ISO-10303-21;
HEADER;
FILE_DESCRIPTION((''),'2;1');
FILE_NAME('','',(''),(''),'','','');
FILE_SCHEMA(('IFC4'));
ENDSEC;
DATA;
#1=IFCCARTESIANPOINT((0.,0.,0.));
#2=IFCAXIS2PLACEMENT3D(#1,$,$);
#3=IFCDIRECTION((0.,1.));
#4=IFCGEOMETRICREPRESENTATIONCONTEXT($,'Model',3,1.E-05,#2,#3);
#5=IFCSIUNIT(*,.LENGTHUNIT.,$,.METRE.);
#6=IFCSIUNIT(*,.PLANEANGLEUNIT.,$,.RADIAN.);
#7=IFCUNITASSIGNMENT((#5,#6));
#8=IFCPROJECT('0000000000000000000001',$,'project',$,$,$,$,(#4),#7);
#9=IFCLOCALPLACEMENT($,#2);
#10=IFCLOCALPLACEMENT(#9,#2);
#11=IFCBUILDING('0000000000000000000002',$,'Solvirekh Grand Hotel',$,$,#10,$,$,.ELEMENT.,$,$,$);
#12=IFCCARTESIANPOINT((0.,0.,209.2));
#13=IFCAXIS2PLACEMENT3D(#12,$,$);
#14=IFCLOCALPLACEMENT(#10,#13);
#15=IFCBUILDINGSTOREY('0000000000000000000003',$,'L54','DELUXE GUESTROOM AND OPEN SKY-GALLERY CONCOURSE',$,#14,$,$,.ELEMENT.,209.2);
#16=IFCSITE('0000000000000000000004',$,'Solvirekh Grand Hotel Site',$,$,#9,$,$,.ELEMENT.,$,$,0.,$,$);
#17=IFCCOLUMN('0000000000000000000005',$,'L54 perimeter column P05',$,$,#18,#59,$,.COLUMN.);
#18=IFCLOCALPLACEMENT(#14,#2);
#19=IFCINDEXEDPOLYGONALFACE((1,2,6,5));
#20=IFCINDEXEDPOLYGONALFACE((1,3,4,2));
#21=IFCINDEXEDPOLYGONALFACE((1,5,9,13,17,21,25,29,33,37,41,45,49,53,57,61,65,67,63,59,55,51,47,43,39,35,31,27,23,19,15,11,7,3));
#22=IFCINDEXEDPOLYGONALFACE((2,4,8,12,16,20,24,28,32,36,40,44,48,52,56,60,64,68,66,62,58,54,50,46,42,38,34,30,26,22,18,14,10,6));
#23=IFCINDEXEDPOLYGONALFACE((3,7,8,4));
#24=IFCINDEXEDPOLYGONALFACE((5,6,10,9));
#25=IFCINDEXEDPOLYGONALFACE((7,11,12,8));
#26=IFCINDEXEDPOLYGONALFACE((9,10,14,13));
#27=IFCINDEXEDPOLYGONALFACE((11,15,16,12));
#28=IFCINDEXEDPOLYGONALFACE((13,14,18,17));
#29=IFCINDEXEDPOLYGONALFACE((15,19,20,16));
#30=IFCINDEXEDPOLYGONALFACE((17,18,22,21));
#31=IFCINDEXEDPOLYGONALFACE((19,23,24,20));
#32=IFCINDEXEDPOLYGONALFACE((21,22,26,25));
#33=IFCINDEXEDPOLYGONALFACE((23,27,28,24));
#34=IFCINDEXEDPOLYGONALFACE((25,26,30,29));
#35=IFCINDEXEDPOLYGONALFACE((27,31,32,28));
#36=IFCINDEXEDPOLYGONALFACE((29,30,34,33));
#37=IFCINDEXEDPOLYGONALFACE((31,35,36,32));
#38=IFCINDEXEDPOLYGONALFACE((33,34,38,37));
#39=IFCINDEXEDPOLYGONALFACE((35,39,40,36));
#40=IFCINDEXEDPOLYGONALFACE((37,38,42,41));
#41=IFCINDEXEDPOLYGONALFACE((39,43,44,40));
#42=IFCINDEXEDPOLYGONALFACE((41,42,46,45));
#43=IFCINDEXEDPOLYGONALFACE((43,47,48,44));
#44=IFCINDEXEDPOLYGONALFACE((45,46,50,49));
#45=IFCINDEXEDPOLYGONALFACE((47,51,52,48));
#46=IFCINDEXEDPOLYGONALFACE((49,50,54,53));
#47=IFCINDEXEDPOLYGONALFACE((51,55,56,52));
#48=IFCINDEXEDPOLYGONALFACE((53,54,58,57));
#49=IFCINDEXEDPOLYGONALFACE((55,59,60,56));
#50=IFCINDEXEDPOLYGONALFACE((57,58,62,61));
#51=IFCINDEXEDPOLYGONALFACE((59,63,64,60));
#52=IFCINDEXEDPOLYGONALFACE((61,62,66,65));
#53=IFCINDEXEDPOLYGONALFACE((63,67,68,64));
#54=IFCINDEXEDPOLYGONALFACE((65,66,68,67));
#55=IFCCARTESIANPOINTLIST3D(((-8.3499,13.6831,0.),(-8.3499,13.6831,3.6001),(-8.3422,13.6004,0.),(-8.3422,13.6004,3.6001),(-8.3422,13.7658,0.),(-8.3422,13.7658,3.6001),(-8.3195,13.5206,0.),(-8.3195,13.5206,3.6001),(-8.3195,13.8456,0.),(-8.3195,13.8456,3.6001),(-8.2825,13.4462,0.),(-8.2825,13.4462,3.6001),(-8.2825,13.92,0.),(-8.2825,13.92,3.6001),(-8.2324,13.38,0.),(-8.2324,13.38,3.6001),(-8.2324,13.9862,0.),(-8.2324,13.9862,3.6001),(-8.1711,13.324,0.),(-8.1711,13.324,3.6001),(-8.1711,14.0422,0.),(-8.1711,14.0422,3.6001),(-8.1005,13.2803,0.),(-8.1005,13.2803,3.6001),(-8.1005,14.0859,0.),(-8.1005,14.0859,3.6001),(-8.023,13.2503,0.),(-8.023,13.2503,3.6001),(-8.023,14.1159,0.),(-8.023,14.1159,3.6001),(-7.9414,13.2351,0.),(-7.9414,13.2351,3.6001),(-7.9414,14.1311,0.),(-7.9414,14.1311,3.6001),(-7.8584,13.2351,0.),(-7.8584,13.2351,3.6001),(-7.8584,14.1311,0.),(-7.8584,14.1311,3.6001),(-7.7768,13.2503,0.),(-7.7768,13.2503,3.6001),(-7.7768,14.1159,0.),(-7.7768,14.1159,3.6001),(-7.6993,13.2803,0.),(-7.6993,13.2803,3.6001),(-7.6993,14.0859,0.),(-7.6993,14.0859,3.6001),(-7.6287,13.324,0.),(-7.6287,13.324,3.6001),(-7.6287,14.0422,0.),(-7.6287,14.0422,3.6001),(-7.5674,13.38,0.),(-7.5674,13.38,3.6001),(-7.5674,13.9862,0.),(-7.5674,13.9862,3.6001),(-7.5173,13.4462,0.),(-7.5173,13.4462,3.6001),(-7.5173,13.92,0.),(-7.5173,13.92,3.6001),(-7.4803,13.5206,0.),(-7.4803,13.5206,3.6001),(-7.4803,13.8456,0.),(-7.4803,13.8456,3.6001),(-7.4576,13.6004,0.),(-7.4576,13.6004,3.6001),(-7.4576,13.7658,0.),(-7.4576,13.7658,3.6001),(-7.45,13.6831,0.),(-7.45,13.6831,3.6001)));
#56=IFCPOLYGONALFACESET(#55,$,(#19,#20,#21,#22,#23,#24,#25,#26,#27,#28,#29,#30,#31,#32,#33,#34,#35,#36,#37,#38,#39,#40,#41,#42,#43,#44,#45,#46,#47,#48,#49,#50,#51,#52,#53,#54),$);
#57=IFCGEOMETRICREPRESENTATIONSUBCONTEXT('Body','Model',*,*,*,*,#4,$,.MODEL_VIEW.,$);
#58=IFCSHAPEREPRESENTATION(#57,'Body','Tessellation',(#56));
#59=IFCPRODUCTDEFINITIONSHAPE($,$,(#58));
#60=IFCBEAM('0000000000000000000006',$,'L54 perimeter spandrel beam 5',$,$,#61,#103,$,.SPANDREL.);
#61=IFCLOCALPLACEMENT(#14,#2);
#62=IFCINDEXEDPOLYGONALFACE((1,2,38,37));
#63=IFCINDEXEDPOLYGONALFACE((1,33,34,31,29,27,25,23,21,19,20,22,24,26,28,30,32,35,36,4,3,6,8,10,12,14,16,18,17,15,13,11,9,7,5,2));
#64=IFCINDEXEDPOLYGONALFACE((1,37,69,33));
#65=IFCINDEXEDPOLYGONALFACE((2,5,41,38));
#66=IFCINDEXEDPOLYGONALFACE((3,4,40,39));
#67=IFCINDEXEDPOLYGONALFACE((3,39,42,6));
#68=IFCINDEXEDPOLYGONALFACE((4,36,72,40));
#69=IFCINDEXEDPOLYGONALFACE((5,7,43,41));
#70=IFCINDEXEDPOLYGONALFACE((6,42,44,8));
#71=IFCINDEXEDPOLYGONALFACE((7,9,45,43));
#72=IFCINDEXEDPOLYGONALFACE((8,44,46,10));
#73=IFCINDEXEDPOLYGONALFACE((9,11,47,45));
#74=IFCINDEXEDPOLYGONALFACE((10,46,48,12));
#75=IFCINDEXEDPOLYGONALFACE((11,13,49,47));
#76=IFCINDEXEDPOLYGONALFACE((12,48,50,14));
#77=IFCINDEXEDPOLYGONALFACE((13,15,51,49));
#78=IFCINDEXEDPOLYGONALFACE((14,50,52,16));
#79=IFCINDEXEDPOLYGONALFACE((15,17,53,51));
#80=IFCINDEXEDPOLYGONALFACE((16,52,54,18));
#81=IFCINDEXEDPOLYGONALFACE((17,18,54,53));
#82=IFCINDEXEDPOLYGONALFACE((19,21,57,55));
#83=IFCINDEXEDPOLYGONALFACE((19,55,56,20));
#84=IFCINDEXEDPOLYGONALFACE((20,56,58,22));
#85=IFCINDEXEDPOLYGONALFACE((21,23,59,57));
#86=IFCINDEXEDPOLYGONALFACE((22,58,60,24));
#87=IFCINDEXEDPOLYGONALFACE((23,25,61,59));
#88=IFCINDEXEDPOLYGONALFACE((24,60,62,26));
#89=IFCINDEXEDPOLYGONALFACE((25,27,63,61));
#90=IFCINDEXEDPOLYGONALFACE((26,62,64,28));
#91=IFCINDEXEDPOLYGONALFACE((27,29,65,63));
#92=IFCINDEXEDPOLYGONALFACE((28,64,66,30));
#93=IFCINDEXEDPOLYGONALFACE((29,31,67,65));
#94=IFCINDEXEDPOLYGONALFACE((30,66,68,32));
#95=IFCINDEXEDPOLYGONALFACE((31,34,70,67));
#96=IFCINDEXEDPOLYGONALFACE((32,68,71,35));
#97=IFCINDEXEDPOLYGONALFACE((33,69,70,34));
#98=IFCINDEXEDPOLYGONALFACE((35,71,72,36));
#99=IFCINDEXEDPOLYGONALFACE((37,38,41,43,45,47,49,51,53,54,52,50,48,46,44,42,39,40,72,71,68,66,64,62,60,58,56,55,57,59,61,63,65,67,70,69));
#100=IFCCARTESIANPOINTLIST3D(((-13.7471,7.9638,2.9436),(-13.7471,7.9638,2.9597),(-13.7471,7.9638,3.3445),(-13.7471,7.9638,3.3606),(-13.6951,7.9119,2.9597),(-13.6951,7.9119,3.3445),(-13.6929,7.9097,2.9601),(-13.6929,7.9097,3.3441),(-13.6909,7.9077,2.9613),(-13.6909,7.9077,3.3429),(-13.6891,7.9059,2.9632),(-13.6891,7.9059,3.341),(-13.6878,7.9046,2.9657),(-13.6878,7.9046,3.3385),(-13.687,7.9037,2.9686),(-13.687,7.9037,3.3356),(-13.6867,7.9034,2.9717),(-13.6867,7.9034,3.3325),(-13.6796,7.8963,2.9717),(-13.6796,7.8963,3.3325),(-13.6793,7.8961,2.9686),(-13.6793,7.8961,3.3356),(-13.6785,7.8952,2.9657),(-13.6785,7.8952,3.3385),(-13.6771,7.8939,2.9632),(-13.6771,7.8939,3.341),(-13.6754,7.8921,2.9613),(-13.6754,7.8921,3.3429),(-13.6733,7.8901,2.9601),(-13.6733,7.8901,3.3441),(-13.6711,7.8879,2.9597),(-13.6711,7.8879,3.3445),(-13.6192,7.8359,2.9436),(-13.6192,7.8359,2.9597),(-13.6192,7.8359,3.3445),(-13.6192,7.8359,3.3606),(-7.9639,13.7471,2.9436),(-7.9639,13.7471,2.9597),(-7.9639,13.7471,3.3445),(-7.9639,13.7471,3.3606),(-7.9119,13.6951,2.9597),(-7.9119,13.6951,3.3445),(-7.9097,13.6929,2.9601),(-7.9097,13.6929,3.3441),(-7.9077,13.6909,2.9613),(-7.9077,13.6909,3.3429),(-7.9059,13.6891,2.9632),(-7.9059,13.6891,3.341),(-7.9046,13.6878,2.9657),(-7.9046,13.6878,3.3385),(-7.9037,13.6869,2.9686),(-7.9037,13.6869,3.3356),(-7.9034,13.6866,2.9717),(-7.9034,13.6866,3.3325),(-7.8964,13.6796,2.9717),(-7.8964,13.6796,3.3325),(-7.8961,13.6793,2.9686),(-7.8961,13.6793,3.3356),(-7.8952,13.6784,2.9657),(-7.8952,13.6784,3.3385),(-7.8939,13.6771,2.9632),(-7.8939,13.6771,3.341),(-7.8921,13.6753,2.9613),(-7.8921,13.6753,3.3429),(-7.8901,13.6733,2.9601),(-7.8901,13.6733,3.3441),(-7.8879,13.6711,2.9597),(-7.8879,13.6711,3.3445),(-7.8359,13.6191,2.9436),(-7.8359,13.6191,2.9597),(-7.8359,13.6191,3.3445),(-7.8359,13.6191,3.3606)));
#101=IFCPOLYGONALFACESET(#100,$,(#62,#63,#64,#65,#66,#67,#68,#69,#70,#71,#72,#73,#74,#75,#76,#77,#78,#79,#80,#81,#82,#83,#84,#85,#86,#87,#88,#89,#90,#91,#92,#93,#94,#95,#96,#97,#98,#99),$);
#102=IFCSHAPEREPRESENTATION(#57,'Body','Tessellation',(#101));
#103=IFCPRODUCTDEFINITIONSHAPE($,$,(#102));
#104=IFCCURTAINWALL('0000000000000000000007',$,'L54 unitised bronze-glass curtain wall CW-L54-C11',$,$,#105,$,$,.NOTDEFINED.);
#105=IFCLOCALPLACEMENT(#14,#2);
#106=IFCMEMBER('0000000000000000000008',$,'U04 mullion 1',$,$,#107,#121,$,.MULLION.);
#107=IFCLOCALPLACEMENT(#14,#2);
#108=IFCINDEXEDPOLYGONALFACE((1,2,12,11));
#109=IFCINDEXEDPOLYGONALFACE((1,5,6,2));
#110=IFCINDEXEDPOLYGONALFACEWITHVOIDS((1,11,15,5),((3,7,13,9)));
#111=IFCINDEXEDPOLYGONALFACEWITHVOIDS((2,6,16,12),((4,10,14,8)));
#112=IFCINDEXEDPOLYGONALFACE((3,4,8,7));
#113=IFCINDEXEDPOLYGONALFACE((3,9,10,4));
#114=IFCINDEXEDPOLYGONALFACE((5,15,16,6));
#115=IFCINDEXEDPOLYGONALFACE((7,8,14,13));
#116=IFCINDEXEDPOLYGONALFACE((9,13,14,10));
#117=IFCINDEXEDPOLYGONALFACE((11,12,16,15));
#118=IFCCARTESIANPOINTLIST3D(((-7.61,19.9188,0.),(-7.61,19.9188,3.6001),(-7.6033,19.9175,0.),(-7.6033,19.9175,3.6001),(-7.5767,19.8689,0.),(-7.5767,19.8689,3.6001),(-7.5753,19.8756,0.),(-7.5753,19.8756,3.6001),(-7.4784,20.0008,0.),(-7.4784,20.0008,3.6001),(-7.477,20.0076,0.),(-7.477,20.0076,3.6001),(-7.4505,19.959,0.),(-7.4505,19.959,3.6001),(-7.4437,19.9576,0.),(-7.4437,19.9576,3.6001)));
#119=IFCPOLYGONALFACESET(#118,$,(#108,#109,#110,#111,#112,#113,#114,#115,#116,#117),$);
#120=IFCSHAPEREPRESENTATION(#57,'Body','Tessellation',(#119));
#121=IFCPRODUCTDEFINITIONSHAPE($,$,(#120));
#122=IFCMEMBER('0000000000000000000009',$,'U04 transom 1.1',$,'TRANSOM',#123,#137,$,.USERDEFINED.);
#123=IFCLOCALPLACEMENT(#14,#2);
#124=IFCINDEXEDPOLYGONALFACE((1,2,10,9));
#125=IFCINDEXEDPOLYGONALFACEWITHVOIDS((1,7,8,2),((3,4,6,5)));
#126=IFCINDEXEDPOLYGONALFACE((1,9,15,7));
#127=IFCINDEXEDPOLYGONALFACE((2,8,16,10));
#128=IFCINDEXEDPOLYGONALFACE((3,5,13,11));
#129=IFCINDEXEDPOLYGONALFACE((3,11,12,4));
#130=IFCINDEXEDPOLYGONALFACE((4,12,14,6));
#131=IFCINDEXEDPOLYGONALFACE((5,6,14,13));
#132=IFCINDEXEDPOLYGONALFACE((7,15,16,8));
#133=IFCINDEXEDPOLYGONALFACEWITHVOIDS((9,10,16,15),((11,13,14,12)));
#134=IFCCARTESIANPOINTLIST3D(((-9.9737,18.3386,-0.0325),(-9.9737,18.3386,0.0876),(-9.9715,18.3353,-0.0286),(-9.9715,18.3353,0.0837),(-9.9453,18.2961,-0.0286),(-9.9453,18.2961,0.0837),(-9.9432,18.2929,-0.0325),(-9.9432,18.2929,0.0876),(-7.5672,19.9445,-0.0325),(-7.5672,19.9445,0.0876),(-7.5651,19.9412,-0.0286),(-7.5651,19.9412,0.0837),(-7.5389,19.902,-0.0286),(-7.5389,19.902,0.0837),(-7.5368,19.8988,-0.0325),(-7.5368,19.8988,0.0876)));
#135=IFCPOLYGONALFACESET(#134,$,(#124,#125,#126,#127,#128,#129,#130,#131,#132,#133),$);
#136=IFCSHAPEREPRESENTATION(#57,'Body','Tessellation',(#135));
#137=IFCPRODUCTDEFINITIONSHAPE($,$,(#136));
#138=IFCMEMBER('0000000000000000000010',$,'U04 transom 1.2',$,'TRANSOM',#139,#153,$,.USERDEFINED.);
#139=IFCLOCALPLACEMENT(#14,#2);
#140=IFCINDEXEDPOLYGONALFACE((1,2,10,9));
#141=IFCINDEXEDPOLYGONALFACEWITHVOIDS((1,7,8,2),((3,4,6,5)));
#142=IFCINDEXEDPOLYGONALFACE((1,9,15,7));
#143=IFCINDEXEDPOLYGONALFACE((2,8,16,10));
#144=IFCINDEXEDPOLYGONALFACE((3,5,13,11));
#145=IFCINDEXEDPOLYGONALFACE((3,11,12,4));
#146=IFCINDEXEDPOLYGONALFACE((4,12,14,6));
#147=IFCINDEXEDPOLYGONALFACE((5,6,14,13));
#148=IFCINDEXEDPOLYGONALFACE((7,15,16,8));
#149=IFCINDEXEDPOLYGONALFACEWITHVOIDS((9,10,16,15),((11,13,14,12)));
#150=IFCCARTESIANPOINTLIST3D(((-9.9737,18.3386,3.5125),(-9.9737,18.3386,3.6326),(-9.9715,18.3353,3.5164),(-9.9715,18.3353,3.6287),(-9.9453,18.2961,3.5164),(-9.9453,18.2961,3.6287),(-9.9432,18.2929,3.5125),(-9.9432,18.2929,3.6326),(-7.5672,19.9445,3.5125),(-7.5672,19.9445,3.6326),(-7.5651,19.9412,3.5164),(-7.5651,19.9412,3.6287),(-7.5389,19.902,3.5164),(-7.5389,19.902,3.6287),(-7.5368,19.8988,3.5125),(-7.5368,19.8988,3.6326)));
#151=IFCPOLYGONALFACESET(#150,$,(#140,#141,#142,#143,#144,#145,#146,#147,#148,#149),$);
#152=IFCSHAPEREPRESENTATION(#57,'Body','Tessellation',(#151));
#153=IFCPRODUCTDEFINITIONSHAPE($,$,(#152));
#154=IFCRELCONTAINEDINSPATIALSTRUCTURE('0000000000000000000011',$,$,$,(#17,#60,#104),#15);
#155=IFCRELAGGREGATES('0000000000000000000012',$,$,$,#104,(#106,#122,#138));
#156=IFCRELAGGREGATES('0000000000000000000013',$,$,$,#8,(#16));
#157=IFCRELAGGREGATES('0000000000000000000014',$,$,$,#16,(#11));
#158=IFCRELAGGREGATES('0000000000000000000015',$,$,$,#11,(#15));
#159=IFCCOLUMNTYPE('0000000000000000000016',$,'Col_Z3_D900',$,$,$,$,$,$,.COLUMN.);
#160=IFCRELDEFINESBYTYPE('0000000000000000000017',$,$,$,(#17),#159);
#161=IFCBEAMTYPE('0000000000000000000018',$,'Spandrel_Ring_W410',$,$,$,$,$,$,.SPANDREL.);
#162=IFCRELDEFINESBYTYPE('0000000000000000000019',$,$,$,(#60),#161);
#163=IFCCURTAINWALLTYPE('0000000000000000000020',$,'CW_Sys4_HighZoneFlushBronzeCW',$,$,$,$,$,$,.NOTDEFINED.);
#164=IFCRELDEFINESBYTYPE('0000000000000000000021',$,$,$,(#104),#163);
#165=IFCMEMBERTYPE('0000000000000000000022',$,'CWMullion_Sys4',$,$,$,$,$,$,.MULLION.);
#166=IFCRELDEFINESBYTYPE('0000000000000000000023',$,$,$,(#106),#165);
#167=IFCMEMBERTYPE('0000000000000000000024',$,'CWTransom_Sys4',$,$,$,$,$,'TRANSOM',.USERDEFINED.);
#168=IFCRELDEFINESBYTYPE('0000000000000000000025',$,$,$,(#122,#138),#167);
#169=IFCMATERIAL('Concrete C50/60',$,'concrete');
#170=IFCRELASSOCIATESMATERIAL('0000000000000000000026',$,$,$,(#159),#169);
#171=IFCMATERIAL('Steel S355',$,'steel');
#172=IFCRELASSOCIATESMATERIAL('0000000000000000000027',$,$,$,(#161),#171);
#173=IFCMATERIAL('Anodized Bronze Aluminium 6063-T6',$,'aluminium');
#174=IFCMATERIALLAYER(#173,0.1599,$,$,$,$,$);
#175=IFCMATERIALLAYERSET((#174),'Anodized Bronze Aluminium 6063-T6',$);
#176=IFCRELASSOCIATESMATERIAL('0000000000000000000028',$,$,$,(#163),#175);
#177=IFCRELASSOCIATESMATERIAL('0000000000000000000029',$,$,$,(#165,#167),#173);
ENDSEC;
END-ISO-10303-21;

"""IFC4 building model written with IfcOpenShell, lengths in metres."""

from ifc_helpers import new_model, si_unit, direction, frame, origin, origin_2d, place, context, subcontext, project, spatial, hollow_rectangle, circle, i_section, extrude, source, transform, mapped, material, layer, layer_set, material_profile, profile_set, type_object, element, aggregate, save


model = new_model("IFC4")

# Units and contexts
model_context = context("Model", 3, precision=1e-05, world=origin(), true_north=direction((0.0, 1.0)))
body_context = subcontext(model_context, "Body", "Model", "MODEL_VIEW")
ifc_project = project(units=[si_unit("LENGTHUNIT", "METRE"), si_unit("PLANEANGLEUNIT", "RADIAN")], contexts=[model_context])

# Site, building, storey
site_placement = place(None, origin())
site = spatial("IfcSite", under=ifc_project, at=site_placement, Name="Solvirekh Grand Hotel Site", CompositionType="ELEMENT", RefElevation=0.0)
building_placement = place(site_placement, origin())
building = spatial("IfcBuilding", under=site, at=building_placement, Name="Solvirekh Grand Hotel", CompositionType="ELEMENT")
storey_placement = place(building_placement, frame((0.0, 0.0, 209.2)))
storey = spatial("IfcBuildingStorey", under=building, at=storey_placement, Name="L54", Description="DELUXE GUESTROOM AND OPEN SKY-GALLERY CONCOURSE", CompositionType="ELEMENT", Elevation=209.2)

# Column
ifc_material_1 = material(Name="Concrete C50/60", Category="concrete")
ifc_material_profile_1 = material_profile(ifc_material_1, circle(Radius=0.45, at=origin_2d()), Name="RC CIRC D900")
ifc_profile_set_1 = profile_set([ifc_material_profile_1], Name="Concrete C50/60")
column_type = type_object("IfcColumnType", Name="Col_Z3_D900", PredefinedType="COLUMN", material=ifc_profile_set_1)
column_placement = place(storey_placement, frame((-7.8999, 13.6831, 0.0), z_axis=(0.0, 0.0, 1.0), x_axis=(1.0, 0.0, 0.0)))
element("IfcColumn", 1, at=column_placement, inside=storey, type_object=column_type, Name="L54 perimeter column P05", PredefinedType="COLUMN", context=body_context, shape_type="SweptSolid", body=[
    extrude(circle(Radius=0.45, at=origin_2d()), origin(), (0.0, 0.0, 1.0), 3.6001),
])

# Beam
ifc_material_2 = material(Name="Steel S355", Category="steel")
ifc_material_profile_2 = material_profile(ifc_material_2, i_section(OverallWidth=0.1809, OverallDepth=0.417, WebThickness=0.01, FlangeThickness=0.0161, FilletRadius=0.012, at=origin_2d()), Name="W410X85")
ifc_profile_set_2 = profile_set([ifc_material_profile_2], Name="Steel S355")
beam_type = type_object("IfcBeamType", Name="Spandrel_Ring_W410", PredefinedType="SPANDREL", material=ifc_profile_set_2)
beam_placement = place(storey_placement, frame((-7.8999, 13.6831, 3.1521), z_axis=(-0.707107, -0.707107, 0.0), x_axis=(0.707107, -0.707107, 0.0)))
element("IfcBeam", 2, at=beam_placement, inside=storey, type_object=beam_type, Name="L54 perimeter spandrel beam 5", PredefinedType="SPANDREL", context=body_context, shape_type="SweptSolid", body=[
    extrude(i_section(OverallWidth=0.1809, OverallDepth=0.417, WebThickness=0.01, FlangeThickness=0.0161, FilletRadius=0.012, at=origin_2d()), origin(), (0.0, 0.0, 1.0), 8.1787),
])

# Curtain wall, members
ifc_material_3 = material(Name="Anodized Bronze Aluminium 6063-T6", Category="aluminium")
ifc_layer_1 = layer(ifc_material_3, 0.1599)
ifc_layer_set_1 = layer_set([ifc_layer_1], Name="Anodized Bronze Aluminium 6063-T6")
curtain_wall_type = type_object("IfcCurtainWallType", Name="CW_Sys4_HighZoneFlushBronzeCW", PredefinedType="NOTDEFINED", material=ifc_layer_set_1)
curtain_wall_placement = place(storey_placement, origin())
curtain_wall = element("IfcCurtainWall", 3, at=curtain_wall_placement, inside=storey, type_object=curtain_wall_type, Name="L54 unitised bronze-glass curtain wall CW-L54-C11", PredefinedType="NOTDEFINED")
ifc_material_profile_3 = material_profile(ifc_material_3, hollow_rectangle(XDim=0.0601, YDim=0.1599, WallThickness=0.0049, at=origin_2d()), Name="ALU RHS 160X60X5")
ifc_profile_set_3 = profile_set([ifc_material_profile_3], Name="Anodized Bronze Aluminium 6063-T6")
member_type_1 = type_object("IfcMemberType", Name="CWMullion_Sys4", PredefinedType="MULLION", material=ifc_profile_set_3)
shared_shape_1 = source(origin(), body_context, "Body", "SweptSolid", [
    extrude(hollow_rectangle(XDim=0.0601, YDim=0.1599, WallThickness=0.0049, at=origin_2d()), origin(), (0.0, 0.0, 1.0), 3.6001),
])
member_1_placement = place(storey_placement, frame((-7.5269, 19.9382, 0.0), z_axis=(0.0, 0.0, 1.0), x_axis=(0.555087, -0.831792, 0.0)))
member_1 = element("IfcMember", 4, at=member_1_placement, type_object=member_type_1, Name="U04 mullion 1", PredefinedType="MULLION", context=body_context, shape_type="MappedRepresentation", body=[
    mapped(shared_shape_1, transform((0.0, 0.0, 0.0), x_axis=(1.0, 0.0, 0.0), y_axis=(0.0, 1.0, 0.0), z_axis=(0.0, 0.0, 1.0), scale=1.0)),
])
ifc_material_profile_4 = material_profile(ifc_material_3, hollow_rectangle(XDim=0.0549, YDim=0.1201, WallThickness=0.0039, at=origin_2d()), Name="ALU RHS 120X55X4")
ifc_profile_set_4 = profile_set([ifc_material_profile_4], Name="Anodized Bronze Aluminium 6063-T6")
member_type_2 = type_object("IfcMemberType", Name="CWTransom_Sys4", ElementType="TRANSOM", PredefinedType="USERDEFINED", material=ifc_profile_set_4)
shared_shape_2 = source(origin(), body_context, "Body", "SweptSolid", [
    extrude(hollow_rectangle(XDim=0.0549, YDim=0.1201, WallThickness=0.0039, at=origin_2d()), origin(), (0.0, 0.0, 1.0), 2.8931),
])
member_2_placement = place(storey_placement, frame((-7.552, 19.9216, 0.0276), z_axis=(-0.831791, -0.55509, 0.0), x_axis=(0.55509, -0.831791, 0.0)))
member_2 = element("IfcMember", 5, at=member_2_placement, type_object=member_type_2, Name="U04 transom 1.1", ObjectType="TRANSOM", PredefinedType="USERDEFINED", context=body_context, shape_type="MappedRepresentation", body=[
    mapped(shared_shape_2, transform((0.0, 0.0, 0.0), x_axis=(1.0, 0.0, 0.0), y_axis=(0.0, 1.0, 0.0), z_axis=(0.0, 0.0, 1.0), scale=1.0)),
])
member_3_placement = place(storey_placement, frame((-7.552, 19.9216, 3.5725), z_axis=(-0.831791, -0.55509, 0.0), x_axis=(0.55509, -0.831791, 0.0)))
member_3 = element("IfcMember", 6, at=member_3_placement, type_object=member_type_2, Name="U04 transom 1.2", ObjectType="TRANSOM", PredefinedType="USERDEFINED", context=body_context, shape_type="MappedRepresentation", body=[
    mapped(shared_shape_2, transform((0.0, 0.0, 0.0), x_axis=(1.0, 0.0, 0.0), y_axis=(0.0, 1.0, 0.0), z_axis=(0.0, 0.0, 1.0), scale=1.0)),
])
aggregate(curtain_wall, [member_1, member_2, member_3])

save(model, "model.ifc")
